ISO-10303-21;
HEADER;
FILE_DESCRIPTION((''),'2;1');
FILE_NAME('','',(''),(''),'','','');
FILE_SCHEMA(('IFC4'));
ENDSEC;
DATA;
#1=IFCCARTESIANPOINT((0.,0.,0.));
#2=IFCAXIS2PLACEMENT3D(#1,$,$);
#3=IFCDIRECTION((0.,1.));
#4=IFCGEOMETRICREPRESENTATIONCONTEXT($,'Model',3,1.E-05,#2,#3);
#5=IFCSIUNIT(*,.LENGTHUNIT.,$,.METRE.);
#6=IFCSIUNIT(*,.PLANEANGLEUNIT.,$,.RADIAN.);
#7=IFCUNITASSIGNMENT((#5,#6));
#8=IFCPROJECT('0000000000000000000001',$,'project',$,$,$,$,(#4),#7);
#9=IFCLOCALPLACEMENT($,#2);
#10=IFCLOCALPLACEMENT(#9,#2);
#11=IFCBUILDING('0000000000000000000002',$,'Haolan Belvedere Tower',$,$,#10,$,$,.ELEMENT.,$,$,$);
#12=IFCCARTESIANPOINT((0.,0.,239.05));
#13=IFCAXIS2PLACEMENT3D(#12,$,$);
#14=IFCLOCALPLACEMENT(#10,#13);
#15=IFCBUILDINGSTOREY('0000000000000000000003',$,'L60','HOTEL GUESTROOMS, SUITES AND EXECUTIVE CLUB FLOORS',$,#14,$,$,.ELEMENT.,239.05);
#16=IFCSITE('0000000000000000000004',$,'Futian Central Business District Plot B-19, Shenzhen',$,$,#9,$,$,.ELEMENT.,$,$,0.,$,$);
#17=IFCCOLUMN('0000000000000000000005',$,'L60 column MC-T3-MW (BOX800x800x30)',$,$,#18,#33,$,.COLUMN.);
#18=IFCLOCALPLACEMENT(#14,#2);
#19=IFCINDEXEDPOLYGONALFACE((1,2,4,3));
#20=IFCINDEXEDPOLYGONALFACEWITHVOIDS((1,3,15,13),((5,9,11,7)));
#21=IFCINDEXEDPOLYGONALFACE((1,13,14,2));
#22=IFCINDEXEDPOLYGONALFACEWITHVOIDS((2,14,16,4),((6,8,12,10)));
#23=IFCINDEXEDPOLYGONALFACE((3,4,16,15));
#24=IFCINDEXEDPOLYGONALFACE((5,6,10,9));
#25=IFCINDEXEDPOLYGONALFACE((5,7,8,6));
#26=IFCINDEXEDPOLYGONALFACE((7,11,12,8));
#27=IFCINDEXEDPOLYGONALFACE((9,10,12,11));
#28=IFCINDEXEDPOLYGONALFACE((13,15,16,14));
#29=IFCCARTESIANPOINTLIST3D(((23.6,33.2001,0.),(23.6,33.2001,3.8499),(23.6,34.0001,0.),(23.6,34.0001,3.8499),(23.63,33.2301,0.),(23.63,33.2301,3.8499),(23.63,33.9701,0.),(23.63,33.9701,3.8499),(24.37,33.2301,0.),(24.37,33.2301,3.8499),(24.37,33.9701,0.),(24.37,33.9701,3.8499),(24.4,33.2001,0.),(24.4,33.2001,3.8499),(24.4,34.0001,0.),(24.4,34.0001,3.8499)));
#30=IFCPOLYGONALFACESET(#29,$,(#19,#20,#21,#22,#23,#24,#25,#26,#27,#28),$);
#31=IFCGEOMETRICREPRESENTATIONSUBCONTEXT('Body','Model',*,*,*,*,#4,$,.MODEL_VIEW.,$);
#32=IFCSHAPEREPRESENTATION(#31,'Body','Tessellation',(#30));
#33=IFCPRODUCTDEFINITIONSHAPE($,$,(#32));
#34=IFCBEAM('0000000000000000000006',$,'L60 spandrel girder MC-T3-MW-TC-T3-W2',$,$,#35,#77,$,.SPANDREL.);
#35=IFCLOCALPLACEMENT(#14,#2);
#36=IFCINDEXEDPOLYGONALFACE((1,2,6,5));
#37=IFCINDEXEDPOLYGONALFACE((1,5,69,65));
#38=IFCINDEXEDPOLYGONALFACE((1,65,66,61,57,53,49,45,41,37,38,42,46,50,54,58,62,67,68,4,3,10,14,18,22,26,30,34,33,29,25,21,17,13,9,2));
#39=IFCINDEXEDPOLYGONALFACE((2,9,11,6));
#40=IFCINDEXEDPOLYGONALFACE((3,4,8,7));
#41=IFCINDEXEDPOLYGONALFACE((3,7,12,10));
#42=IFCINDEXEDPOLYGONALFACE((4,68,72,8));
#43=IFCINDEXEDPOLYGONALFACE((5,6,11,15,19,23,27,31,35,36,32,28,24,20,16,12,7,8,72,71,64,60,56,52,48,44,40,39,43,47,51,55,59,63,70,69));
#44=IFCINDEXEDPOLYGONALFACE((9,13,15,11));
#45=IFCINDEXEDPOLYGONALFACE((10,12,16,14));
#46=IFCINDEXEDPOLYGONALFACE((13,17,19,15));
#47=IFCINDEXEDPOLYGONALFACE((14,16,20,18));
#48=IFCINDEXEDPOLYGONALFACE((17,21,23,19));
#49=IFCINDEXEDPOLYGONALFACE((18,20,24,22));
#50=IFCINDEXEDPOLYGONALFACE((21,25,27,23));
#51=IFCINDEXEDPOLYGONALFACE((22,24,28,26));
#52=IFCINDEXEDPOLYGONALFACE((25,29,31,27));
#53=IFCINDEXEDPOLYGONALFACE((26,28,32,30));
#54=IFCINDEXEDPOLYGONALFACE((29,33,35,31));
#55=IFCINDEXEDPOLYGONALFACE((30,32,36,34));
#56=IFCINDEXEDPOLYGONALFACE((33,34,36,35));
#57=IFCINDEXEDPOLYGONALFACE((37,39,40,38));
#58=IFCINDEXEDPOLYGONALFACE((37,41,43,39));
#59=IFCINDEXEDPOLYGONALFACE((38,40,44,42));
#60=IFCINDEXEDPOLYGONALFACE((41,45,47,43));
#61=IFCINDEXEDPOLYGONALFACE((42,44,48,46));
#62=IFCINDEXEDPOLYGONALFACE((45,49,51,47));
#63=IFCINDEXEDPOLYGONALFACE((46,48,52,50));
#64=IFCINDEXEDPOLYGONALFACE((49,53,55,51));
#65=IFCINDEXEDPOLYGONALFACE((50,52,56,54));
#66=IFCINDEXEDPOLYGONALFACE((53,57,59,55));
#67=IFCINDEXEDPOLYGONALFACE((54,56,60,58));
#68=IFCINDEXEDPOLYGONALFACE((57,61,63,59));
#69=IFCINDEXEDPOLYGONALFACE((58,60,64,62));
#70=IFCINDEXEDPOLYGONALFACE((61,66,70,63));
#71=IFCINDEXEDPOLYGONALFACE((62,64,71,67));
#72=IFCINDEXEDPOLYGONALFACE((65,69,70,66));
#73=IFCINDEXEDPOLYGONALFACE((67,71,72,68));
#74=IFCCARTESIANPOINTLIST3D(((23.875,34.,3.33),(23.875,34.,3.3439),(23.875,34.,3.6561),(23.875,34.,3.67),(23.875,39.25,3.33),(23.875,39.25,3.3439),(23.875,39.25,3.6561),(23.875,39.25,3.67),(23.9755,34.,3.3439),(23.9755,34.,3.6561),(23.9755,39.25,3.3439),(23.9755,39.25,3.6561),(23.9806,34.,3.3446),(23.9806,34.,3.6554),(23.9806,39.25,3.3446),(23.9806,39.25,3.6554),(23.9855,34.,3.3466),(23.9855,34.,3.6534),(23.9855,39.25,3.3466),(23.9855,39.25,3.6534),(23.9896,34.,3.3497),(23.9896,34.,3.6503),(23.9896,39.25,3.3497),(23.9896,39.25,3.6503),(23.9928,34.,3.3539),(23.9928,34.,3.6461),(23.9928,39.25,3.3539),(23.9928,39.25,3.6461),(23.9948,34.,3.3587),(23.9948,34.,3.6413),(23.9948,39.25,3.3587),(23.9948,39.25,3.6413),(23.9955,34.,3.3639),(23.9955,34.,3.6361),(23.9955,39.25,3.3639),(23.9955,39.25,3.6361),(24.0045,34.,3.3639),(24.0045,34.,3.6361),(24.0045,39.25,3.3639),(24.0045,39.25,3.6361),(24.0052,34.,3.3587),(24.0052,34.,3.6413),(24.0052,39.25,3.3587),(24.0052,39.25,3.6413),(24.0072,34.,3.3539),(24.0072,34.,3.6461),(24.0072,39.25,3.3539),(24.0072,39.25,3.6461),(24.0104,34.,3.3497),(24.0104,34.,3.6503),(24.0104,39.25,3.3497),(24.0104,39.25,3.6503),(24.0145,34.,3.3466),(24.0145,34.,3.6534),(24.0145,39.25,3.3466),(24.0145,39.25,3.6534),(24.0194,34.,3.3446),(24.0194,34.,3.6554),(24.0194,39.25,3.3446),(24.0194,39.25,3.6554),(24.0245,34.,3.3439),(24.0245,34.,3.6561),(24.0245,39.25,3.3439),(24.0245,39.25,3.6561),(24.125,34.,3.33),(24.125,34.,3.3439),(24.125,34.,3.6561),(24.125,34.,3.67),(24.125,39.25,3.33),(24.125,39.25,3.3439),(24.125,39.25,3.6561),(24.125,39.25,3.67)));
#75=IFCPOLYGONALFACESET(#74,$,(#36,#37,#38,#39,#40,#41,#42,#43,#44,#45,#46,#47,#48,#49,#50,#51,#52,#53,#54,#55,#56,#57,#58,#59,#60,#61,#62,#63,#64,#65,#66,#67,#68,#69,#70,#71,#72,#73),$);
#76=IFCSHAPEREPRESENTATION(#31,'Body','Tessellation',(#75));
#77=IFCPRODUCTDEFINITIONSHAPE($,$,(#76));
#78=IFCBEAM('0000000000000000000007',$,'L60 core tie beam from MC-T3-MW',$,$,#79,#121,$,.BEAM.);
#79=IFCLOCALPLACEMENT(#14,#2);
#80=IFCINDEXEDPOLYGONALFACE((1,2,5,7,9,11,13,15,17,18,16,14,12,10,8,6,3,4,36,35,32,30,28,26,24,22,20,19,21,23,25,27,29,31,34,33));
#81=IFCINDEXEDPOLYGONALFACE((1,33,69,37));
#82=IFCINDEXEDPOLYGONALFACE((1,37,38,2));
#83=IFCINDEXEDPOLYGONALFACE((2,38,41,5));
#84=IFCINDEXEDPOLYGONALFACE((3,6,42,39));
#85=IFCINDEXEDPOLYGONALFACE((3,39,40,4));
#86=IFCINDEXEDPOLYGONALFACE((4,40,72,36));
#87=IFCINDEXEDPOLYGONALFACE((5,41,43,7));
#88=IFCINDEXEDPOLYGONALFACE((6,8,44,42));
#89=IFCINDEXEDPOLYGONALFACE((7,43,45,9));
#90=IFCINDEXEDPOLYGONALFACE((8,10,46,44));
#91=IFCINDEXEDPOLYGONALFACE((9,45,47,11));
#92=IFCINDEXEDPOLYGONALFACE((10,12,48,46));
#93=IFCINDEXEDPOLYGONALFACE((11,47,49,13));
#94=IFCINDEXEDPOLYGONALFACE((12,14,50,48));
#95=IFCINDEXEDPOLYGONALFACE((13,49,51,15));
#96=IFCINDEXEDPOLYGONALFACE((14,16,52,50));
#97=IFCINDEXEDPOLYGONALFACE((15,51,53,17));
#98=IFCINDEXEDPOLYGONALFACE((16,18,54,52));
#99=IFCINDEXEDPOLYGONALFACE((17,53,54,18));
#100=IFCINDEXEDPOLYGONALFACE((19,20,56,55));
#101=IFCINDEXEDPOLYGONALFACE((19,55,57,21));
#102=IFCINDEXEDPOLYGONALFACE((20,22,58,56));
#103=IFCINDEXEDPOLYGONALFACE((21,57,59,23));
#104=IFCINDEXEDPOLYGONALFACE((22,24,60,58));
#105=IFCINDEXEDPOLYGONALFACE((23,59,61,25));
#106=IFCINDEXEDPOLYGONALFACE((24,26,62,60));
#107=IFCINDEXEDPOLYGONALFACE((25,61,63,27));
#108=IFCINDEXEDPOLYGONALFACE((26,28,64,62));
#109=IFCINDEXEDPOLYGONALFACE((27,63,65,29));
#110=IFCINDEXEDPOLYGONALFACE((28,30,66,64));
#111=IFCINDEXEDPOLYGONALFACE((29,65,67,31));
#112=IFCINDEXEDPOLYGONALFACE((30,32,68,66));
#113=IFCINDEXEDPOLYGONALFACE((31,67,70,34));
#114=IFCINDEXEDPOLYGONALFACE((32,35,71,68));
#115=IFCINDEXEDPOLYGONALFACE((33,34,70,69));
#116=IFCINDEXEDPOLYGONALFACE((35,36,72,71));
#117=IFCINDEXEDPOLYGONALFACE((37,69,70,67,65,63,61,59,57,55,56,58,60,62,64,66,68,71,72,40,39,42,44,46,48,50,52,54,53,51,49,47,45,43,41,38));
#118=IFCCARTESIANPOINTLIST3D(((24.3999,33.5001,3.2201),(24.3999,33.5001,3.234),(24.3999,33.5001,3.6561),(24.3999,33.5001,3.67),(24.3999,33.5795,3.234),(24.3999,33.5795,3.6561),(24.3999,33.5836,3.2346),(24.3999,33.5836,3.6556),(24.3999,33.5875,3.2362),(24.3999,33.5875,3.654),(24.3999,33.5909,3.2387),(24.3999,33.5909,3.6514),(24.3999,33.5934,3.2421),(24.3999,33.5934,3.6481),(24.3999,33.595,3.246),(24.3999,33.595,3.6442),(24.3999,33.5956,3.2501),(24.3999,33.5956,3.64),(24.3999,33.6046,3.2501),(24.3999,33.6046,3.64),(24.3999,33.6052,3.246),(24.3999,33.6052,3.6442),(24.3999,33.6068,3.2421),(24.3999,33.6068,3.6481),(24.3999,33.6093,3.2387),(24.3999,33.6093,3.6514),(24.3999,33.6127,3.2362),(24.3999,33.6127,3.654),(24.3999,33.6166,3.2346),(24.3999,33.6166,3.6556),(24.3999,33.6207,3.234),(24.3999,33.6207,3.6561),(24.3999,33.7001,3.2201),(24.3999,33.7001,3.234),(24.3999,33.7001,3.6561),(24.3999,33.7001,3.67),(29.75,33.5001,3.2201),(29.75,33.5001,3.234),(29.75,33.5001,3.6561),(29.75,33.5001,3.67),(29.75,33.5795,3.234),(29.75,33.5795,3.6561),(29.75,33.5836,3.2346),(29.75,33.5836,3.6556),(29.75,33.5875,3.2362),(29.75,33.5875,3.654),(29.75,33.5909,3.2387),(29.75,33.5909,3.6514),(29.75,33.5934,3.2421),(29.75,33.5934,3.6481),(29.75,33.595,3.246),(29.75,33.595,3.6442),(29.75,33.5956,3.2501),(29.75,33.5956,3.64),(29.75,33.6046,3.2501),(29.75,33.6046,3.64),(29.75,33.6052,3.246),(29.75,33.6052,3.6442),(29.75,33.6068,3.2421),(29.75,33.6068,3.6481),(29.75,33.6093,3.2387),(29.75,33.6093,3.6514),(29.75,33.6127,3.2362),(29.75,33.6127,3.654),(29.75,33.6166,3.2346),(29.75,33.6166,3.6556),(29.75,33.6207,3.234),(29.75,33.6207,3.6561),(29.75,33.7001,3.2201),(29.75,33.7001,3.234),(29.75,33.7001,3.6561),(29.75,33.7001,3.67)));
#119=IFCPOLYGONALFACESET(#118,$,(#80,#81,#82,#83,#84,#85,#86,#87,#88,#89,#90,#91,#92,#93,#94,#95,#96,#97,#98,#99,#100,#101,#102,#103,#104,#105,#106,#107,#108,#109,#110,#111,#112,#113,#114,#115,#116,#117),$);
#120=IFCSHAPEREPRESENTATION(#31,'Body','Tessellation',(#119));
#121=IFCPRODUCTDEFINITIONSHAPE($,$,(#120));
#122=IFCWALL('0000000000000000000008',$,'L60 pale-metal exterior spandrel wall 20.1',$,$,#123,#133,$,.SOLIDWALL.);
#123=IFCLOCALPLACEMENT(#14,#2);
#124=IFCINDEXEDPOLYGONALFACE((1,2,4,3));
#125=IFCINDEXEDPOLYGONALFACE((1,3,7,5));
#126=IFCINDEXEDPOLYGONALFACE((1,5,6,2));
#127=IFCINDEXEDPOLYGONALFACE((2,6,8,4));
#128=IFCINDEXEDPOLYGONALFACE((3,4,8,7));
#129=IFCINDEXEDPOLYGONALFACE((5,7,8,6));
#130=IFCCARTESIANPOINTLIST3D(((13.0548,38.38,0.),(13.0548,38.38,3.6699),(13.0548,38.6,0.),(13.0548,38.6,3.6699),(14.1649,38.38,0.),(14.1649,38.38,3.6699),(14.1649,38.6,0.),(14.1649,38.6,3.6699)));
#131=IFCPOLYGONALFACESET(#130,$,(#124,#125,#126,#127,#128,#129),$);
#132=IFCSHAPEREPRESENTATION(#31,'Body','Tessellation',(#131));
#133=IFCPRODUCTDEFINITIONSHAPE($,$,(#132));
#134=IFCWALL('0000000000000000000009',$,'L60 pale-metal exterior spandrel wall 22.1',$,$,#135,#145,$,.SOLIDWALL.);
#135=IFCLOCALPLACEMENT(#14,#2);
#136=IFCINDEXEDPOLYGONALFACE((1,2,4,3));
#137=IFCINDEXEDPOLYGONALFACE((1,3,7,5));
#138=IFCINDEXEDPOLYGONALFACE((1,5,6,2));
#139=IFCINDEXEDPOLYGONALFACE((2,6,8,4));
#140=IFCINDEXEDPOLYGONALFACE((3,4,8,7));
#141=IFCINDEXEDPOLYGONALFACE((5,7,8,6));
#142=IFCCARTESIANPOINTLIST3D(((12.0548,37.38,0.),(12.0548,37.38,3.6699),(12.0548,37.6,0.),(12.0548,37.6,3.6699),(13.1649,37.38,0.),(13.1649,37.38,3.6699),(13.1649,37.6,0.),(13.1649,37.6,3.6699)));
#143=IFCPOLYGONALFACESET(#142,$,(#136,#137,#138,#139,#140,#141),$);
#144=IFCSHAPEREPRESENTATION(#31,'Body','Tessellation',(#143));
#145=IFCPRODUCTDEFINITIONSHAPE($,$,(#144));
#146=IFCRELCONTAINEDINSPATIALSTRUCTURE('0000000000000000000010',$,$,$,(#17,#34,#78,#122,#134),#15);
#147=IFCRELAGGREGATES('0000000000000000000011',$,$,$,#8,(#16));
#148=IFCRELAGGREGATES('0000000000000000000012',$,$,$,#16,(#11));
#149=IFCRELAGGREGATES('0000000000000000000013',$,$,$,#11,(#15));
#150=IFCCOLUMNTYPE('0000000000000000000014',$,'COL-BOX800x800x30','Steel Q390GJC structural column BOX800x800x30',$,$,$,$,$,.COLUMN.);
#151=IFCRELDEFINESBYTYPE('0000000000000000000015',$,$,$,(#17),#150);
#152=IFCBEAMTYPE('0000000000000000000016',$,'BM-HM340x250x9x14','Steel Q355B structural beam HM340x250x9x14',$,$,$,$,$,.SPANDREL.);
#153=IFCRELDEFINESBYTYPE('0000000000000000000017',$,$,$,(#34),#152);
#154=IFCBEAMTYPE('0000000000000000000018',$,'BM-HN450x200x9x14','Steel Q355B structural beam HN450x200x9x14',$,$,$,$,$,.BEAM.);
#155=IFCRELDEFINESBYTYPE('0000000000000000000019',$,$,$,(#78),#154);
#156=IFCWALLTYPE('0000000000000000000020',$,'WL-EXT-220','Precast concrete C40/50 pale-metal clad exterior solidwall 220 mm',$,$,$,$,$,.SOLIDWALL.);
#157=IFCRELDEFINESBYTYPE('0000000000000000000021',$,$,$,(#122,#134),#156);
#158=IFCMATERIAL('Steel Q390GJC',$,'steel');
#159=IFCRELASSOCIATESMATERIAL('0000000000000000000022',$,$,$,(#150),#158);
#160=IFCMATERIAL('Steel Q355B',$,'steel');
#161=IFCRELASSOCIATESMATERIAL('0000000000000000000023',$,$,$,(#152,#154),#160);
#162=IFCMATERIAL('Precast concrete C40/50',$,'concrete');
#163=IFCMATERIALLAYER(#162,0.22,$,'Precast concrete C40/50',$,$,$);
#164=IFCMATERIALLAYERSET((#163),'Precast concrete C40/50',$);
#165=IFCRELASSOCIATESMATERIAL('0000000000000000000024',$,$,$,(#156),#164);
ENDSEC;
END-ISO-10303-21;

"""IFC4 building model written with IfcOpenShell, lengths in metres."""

from ifc_helpers import new_model, si_unit, direction, frame, frame_2d, origin, origin_2d, place, context, subcontext, project, spatial, rectangle, hollow_rectangle, i_section, extrude, material, layer, layer_set, material_profile, profile_set, type_object, element, save


model = new_model("IFC4")

# Units and contexts
model_context = context("Model", 3, precision=1e-05, world=origin(), true_north=direction((0.0, 1.0)))
body_context = subcontext(model_context, "Body", "Model", "MODEL_VIEW")
ifc_project = project(units=[si_unit("LENGTHUNIT", "METRE"), si_unit("PLANEANGLEUNIT", "RADIAN")], contexts=[model_context])

# Site, building, storey
site_placement = place(None, origin())
site = spatial("IfcSite", under=ifc_project, at=site_placement, Name="Futian Central Business District Plot B-19, Shenzhen", CompositionType="ELEMENT", RefElevation=0.0)
building_placement = place(site_placement, origin())
building = spatial("IfcBuilding", under=site, at=building_placement, Name="Haolan Belvedere Tower", CompositionType="ELEMENT")
storey_placement = place(building_placement, frame((0.0, 0.0, 239.05)))
storey = spatial("IfcBuildingStorey", under=building, at=storey_placement, Name="L60", Description="HOTEL GUESTROOMS, SUITES AND EXECUTIVE CLUB FLOORS", CompositionType="ELEMENT", Elevation=239.05)

# Column
ifc_material_1 = material(Name="Steel Q390GJC", Category="steel")
ifc_material_profile_1 = material_profile(ifc_material_1, hollow_rectangle(XDim=0.8, YDim=0.8, WallThickness=0.03, at=origin_2d()), Name="Steel Q390GJC")
ifc_profile_set_1 = profile_set([ifc_material_profile_1], Name="Steel Q390GJC")
column_type = type_object("IfcColumnType", Name="COL-BOX800x800x30", Description="Steel Q390GJC structural column BOX800x800x30", PredefinedType="COLUMN", material=ifc_profile_set_1)
column_placement = place(storey_placement, frame((24.0, 33.6001, 0.0), z_axis=(0.0, 0.0, 1.0), x_axis=(1.0, 0.0, 0.0)))
element("IfcColumn", 1, at=column_placement, inside=storey, type_object=column_type, Name="L60 column MC-T3-MW (BOX800x800x30)", PredefinedType="COLUMN", context=body_context, shape_type="SweptSolid", body=[
    extrude(hollow_rectangle(XDim=0.8, YDim=0.8, WallThickness=0.03, at=origin_2d()), origin(), (0.0, 0.0, 1.0), 3.8499),
])

# Beams
ifc_material_2 = material(Name="Steel Q355B", Category="steel")
ifc_material_profile_2 = material_profile(ifc_material_2, i_section(OverallWidth=0.25, OverallDepth=0.3401, WebThickness=0.009, FlangeThickness=0.0139, FilletRadius=0.02, at=origin_2d()), Name="Steel Q355B")
ifc_profile_set_2 = profile_set([ifc_material_profile_2], Name="Steel Q355B")
beam_type_1 = type_object("IfcBeamType", Name="BM-HM340x250x9x14", Description="Steel Q355B structural beam HM340x250x9x14", PredefinedType="SPANDREL", material=ifc_profile_set_2)
beam_1_placement = place(storey_placement, frame((24.0, 34.0, 3.5), z_axis=(0.0, 1.0, 0.0), x_axis=(-1.0, 0.0, 0.0)))
element("IfcBeam", 2, at=beam_1_placement, inside=storey, type_object=beam_type_1, Name="L60 spandrel girder MC-T3-MW-TC-T3-W2", PredefinedType="SPANDREL", context=body_context, shape_type="SweptSolid", body=[
    extrude(i_section(OverallWidth=0.25, OverallDepth=0.3401, WebThickness=0.009, FlangeThickness=0.0139, FilletRadius=0.02, at=origin_2d()), origin(), (0.0, 0.0, 1.0), 5.25),
])
ifc_material_profile_3 = material_profile(ifc_material_2, i_section(OverallWidth=0.2, OverallDepth=0.45, WebThickness=0.009, FlangeThickness=0.0139, FilletRadius=0.0161, at=origin_2d()), Name="Steel Q355B")
ifc_profile_set_3 = profile_set([ifc_material_profile_3], Name="Steel Q355B")
beam_type_2 = type_object("IfcBeamType", Name="BM-HN450x200x9x14", Description="Steel Q355B structural beam HN450x200x9x14", PredefinedType="BEAM", material=ifc_profile_set_3)
beam_2_placement = place(storey_placement, frame((24.3999, 33.6001, 3.4451), z_axis=(1.0, 0.0, 0.0), x_axis=(0.0, 1.0, 0.0)))
element("IfcBeam", 3, at=beam_2_placement, inside=storey, type_object=beam_type_2, Name="L60 core tie beam from MC-T3-MW", PredefinedType="BEAM", context=body_context, shape_type="SweptSolid", body=[
    extrude(i_section(OverallWidth=0.2, OverallDepth=0.45, WebThickness=0.009, FlangeThickness=0.0139, FilletRadius=0.0161, at=origin_2d()), origin(), (0.0, 0.0, 1.0), 5.3501),
])

# Walls
ifc_material_3 = material(Name="Precast concrete C40/50", Category="concrete")
ifc_layer_1 = layer(ifc_material_3, 0.22, Name="Precast concrete C40/50")
ifc_layer_set_1 = layer_set([ifc_layer_1], Name="Precast concrete C40/50")
wall_type_1 = type_object("IfcWallType", Name="WL-EXT-220", Description="Precast concrete C40/50 pale-metal clad exterior solidwall 220 mm", PredefinedType="SOLIDWALL", material=ifc_layer_set_1)
for number, where, z_axis, x_axis, name in (
    (4, (14.165, 38.49, 0.0), (0.0, 0.0, 1.0), (-1.0, 0.0, 0.0), "L60 pale-metal exterior spandrel wall 20.1"),
    (5, (13.165, 37.49, 0.0), (0.0, 0.0, 1.0), (-1.0, 0.0, 0.0), "L60 pale-metal exterior spandrel wall 22.1"),
):
    element("IfcWall", number, at=place(storey_placement, frame(where, z_axis=z_axis, x_axis=x_axis)), inside=storey, type_object=wall_type_1, Name=name, PredefinedType="SOLIDWALL", context=body_context, shape_type="SweptSolid", body=[
        extrude(rectangle(XDim=1.1101, YDim=0.22, at=frame_2d((0.5552, 0.0))), origin(), (0.0, 0.0, 1.0), 3.6699),
    ])

save(model, "model.ifc")
